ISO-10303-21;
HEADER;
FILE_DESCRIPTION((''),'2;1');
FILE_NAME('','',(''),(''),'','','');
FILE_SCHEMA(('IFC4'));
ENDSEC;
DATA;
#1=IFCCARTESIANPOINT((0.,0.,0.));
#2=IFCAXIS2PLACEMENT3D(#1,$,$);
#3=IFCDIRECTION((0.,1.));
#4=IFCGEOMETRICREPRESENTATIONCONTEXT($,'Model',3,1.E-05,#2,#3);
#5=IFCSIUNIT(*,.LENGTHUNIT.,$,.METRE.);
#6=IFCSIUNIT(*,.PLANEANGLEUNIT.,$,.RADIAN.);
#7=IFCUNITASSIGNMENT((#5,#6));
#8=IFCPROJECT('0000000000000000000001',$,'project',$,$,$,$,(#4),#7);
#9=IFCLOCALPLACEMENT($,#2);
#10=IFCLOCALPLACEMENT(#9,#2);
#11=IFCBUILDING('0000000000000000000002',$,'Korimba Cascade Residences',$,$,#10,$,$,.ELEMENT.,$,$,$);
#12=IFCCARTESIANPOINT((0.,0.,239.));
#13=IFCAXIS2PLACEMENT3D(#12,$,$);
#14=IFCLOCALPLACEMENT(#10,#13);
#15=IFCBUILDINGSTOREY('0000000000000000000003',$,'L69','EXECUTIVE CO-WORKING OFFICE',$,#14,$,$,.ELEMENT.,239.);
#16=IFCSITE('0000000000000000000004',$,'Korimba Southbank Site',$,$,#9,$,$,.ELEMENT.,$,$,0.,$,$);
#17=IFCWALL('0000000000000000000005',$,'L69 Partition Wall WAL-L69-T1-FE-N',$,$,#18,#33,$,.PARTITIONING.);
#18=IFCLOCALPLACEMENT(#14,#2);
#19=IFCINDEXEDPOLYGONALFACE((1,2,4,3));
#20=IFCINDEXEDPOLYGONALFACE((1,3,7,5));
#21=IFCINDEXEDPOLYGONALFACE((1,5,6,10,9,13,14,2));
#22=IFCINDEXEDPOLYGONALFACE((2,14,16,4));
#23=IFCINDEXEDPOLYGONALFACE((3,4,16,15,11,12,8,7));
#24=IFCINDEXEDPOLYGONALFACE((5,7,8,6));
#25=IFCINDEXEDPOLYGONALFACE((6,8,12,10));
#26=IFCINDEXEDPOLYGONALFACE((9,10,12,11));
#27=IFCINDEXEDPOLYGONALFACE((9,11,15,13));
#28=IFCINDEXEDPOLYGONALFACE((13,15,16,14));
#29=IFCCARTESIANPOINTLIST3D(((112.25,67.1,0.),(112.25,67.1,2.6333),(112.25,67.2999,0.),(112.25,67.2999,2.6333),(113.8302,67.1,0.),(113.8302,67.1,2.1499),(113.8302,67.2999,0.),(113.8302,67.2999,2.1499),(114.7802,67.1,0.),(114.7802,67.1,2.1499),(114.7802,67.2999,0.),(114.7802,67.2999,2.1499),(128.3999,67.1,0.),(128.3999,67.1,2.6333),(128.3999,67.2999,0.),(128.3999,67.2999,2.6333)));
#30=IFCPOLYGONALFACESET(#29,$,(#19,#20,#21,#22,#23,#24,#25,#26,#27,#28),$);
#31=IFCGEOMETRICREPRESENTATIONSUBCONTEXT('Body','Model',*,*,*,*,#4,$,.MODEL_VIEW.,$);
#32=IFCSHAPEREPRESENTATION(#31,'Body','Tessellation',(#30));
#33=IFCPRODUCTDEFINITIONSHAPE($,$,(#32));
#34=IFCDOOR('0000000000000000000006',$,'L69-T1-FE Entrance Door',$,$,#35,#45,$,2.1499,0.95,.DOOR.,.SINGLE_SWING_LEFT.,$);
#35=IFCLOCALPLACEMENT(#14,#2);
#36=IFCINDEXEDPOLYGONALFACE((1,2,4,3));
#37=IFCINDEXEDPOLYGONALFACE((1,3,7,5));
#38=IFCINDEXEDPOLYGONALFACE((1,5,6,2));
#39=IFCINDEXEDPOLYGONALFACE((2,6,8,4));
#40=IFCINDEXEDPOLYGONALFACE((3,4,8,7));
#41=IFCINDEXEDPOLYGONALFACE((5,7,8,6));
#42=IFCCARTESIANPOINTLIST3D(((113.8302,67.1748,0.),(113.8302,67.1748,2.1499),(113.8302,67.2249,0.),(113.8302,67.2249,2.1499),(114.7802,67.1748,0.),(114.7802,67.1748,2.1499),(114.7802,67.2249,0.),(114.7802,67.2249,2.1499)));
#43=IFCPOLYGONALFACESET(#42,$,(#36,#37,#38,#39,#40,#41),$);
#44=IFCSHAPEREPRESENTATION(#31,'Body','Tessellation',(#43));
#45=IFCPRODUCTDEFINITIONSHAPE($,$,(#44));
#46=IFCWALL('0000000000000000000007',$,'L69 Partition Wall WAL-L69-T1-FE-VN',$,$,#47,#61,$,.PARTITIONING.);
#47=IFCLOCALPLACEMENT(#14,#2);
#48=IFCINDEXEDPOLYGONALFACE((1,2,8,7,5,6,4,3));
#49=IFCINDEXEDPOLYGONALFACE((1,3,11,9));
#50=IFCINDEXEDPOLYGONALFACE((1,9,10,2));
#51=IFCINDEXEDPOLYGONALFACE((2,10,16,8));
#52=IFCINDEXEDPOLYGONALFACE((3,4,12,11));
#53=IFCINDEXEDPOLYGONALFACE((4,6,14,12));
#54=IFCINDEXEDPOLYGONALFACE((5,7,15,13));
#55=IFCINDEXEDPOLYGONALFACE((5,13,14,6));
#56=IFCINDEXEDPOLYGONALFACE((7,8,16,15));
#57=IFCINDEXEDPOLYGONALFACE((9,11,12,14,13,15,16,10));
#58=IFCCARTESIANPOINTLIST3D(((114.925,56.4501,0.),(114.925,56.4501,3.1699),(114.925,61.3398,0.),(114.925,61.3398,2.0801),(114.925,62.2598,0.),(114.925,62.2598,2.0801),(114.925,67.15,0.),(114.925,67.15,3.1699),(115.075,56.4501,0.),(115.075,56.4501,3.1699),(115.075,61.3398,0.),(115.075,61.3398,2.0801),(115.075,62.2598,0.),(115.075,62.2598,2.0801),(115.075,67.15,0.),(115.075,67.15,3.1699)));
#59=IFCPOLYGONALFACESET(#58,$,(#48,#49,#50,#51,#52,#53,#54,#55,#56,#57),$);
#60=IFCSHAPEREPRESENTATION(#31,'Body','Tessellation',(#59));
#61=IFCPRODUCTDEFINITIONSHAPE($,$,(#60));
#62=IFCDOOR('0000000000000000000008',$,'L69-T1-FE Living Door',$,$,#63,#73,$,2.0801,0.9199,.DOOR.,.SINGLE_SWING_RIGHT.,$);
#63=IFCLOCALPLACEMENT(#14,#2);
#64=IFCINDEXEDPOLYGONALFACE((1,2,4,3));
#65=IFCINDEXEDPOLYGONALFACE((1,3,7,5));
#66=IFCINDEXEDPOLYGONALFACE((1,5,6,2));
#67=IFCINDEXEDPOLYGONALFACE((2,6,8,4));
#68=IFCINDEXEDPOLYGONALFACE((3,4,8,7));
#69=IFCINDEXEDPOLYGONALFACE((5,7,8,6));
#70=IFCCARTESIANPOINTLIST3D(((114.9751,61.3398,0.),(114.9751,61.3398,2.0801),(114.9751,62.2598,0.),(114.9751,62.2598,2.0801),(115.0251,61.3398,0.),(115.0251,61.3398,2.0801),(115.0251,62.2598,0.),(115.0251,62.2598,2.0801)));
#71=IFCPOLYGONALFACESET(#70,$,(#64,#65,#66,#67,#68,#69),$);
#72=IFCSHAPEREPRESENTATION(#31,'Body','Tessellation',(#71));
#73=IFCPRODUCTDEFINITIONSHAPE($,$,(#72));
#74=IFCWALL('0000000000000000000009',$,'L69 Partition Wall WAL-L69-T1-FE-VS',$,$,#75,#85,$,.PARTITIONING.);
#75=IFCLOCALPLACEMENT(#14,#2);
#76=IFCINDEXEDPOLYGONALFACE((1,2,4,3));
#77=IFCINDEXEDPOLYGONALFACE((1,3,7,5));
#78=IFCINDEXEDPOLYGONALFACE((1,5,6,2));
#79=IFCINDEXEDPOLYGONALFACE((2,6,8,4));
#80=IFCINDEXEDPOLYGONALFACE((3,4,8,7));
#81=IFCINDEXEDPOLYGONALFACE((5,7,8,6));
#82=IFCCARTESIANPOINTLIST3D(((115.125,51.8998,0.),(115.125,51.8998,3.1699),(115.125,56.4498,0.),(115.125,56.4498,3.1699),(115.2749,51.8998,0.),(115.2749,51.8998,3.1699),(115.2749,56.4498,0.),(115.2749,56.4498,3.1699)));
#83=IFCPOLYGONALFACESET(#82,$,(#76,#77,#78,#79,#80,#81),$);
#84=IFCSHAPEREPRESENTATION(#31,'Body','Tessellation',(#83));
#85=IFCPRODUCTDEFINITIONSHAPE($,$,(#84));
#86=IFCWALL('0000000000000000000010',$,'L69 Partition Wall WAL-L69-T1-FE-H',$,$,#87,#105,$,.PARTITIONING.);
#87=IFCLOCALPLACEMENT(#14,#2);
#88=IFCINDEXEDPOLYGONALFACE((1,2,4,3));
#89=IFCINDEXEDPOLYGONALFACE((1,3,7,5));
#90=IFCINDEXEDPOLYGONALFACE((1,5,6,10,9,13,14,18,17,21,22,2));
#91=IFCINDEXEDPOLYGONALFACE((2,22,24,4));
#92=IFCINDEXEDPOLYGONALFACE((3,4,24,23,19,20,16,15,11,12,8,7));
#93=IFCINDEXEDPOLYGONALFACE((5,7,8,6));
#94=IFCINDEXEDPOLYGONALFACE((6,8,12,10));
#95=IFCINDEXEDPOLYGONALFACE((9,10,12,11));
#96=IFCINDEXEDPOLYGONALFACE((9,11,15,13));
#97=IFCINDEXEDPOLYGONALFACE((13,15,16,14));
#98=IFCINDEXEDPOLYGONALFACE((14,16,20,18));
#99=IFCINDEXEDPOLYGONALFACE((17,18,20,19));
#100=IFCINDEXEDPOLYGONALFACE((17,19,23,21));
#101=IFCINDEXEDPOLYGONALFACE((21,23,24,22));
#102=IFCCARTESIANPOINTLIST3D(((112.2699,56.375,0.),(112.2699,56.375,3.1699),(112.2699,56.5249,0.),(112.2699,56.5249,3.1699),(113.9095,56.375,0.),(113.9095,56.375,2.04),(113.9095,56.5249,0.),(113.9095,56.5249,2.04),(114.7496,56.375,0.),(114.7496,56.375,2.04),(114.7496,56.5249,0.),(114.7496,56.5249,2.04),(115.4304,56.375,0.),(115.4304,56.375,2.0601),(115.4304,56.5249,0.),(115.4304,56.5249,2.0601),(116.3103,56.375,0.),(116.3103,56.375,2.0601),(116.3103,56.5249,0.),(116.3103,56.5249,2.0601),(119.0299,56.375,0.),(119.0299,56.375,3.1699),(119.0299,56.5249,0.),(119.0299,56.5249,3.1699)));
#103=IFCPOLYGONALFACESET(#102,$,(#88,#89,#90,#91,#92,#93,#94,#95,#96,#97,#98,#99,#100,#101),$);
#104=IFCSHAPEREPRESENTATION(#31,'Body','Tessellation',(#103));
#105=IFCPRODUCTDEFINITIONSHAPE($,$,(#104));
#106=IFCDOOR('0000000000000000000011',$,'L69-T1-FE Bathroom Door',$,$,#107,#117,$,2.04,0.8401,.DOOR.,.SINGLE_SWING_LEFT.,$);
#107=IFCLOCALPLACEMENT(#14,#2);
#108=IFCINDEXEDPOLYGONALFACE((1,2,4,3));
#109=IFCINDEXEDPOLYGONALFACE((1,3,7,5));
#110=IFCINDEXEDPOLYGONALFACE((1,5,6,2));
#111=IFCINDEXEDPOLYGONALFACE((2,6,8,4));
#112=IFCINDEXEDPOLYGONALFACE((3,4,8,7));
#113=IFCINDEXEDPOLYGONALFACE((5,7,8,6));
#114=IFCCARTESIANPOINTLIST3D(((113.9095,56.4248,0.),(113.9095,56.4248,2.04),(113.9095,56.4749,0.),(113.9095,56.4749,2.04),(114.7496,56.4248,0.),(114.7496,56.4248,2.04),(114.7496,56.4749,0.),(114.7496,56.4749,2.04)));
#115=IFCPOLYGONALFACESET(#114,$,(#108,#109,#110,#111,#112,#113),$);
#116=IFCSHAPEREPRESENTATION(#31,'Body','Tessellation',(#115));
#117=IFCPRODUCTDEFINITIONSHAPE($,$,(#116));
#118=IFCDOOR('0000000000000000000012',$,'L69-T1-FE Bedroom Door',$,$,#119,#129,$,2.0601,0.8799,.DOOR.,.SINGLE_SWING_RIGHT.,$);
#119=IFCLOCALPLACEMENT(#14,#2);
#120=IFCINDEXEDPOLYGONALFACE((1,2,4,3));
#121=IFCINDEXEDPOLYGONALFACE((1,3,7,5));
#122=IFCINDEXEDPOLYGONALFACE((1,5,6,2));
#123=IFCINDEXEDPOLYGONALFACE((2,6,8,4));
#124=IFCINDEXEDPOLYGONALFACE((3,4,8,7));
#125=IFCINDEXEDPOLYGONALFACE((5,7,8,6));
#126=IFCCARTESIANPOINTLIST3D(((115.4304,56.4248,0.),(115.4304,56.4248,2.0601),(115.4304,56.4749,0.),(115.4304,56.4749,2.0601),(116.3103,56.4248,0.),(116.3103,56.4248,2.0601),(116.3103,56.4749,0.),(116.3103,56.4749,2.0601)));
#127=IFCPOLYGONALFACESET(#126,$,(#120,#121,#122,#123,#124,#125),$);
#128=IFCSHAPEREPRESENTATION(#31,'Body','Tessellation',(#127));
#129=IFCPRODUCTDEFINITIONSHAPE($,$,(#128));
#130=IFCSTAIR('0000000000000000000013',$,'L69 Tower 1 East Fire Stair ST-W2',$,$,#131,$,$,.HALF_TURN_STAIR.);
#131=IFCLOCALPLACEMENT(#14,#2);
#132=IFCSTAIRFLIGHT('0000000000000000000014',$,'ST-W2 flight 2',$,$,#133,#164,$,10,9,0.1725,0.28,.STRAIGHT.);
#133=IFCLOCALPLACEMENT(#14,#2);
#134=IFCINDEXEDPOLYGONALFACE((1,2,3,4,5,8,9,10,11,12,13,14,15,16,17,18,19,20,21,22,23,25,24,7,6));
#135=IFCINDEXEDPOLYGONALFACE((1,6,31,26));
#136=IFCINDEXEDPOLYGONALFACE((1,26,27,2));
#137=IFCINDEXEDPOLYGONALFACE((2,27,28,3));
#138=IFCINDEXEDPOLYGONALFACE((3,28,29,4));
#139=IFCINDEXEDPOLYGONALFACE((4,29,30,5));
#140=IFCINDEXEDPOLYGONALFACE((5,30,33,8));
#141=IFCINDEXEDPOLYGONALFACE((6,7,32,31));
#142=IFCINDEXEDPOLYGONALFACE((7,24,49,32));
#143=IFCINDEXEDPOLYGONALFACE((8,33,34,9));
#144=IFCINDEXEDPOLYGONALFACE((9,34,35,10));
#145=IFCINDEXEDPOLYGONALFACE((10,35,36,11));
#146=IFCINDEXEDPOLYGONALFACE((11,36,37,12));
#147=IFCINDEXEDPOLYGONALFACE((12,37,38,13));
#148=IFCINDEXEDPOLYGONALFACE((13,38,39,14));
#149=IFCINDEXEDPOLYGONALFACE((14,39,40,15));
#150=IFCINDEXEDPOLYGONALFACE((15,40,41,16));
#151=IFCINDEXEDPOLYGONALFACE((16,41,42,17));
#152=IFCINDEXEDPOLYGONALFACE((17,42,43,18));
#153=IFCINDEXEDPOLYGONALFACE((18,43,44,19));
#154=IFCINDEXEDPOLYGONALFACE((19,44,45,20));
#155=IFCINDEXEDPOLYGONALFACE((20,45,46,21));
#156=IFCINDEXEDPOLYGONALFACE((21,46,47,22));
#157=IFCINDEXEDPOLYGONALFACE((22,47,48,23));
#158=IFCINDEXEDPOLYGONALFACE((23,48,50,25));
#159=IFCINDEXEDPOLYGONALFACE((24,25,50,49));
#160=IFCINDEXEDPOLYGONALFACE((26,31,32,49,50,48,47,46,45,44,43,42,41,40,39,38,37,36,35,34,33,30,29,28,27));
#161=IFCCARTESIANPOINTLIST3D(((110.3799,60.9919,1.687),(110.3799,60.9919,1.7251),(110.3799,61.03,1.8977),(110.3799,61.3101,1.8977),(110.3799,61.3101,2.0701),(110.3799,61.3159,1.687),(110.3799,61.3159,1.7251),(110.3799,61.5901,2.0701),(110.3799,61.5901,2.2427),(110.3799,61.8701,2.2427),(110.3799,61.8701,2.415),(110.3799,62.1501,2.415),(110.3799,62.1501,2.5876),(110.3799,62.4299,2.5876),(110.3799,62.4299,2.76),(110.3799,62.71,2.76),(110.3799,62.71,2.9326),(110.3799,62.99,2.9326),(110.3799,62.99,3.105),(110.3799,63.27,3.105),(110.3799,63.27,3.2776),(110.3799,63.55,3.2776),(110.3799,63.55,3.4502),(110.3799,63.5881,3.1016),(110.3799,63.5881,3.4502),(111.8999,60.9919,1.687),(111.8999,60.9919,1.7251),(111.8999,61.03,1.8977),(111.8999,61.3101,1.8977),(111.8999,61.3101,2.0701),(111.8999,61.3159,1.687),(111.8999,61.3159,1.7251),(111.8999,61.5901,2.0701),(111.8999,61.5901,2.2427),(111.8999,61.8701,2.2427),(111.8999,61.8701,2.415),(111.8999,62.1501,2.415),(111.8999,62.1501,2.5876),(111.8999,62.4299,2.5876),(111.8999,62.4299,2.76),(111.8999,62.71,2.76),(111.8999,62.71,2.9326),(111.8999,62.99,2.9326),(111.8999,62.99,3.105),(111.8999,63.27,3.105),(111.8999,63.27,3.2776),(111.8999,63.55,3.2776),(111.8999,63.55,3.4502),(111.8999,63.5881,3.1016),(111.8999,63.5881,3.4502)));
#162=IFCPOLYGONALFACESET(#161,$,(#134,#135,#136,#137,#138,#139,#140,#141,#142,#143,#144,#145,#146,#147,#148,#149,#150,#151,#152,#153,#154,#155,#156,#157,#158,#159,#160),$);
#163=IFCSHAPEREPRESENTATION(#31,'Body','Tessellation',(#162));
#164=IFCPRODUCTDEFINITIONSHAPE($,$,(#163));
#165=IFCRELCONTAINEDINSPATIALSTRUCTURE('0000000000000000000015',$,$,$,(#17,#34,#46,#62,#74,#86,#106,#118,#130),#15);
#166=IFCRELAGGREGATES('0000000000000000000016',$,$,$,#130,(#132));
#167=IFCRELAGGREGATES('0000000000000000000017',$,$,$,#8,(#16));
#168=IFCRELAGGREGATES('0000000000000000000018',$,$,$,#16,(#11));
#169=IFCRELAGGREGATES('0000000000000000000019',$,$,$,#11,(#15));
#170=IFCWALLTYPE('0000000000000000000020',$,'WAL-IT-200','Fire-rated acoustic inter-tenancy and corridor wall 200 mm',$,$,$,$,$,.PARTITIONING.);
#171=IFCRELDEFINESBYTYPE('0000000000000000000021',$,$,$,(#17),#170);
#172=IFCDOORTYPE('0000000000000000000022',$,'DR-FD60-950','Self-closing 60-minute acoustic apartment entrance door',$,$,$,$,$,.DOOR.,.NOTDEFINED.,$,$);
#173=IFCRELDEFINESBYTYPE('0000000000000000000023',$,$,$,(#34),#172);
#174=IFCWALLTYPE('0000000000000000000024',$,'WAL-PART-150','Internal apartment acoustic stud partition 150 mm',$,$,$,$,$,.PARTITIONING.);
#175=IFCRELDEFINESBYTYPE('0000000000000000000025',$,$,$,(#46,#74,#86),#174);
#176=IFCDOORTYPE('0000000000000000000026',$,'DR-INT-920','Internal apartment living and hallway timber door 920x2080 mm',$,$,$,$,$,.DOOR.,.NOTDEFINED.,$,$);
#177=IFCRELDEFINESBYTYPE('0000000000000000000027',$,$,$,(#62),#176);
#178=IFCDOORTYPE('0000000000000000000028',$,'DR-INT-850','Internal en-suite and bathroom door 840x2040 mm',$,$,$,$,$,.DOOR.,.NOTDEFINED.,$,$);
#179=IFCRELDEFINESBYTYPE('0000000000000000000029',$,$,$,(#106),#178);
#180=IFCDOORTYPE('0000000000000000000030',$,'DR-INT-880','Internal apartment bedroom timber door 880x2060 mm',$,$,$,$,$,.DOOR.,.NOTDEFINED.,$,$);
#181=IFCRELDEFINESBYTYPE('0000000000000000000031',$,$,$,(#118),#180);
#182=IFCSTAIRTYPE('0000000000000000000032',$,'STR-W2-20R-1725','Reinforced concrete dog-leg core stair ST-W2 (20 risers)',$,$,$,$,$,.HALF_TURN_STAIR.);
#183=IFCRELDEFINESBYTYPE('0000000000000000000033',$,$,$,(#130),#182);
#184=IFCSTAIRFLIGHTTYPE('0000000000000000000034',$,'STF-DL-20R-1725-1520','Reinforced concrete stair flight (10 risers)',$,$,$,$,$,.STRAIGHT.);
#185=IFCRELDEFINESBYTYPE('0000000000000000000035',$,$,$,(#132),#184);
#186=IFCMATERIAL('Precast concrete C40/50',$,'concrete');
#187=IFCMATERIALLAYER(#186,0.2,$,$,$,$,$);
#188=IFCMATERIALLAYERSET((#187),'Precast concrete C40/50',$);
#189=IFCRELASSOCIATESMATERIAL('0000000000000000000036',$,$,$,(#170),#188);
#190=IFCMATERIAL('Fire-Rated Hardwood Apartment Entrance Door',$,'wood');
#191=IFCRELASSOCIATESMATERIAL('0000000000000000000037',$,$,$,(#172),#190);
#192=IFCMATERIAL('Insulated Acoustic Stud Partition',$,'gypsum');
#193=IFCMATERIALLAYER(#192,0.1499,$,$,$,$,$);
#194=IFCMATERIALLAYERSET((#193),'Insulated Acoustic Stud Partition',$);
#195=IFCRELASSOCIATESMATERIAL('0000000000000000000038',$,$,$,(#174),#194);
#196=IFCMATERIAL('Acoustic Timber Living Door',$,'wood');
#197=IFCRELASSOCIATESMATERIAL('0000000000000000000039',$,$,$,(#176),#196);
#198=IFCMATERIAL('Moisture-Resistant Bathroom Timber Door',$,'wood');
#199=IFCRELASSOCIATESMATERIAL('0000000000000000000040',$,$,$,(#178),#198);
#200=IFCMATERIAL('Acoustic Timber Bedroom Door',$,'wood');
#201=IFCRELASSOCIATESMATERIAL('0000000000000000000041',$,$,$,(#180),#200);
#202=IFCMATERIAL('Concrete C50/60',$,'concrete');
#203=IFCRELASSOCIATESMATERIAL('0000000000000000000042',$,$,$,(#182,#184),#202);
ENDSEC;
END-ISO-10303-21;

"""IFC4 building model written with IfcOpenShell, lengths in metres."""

from ifc_helpers import new_model, si_unit, direction, frame, frame_2d, origin, place, context, subcontext, project, spatial, polyline, rectangle, outline, extrude, material, layer, layer_set, type_object, element, fill, aggregate, save


model = new_model("IFC4")

# Units and contexts
model_context = context("Model", 3, precision=1e-05, world=origin(), true_north=direction((0.0, 1.0)))
body_context = subcontext(model_context, "Body", "Model", "MODEL_VIEW")
ifc_project = project(units=[si_unit("LENGTHUNIT", "METRE"), si_unit("PLANEANGLEUNIT", "RADIAN")], contexts=[model_context])

# Site, building, storey
site_placement = place(None, origin())
site = spatial("IfcSite", under=ifc_project, at=site_placement, Name="Korimba Southbank Site", CompositionType="ELEMENT", RefElevation=0.0)
building_placement = place(site_placement, origin())
building = spatial("IfcBuilding", under=site, at=building_placement, Name="Korimba Cascade Residences", CompositionType="ELEMENT")
storey_placement = place(building_placement, frame((0.0, 0.0, 239.0)))
storey = spatial("IfcBuildingStorey", under=building, at=storey_placement, Name="L69", Description="EXECUTIVE CO-WORKING OFFICE", CompositionType="ELEMENT", Elevation=239.0)

# Shared definitions
ifc_material_1 = material(Name="Concrete C50/60", Category="concrete")

# Walls, openings, doors
ifc_material_2 = material(Name="Precast concrete C40/50", Category="concrete")
ifc_layer_1 = layer(ifc_material_2, 0.2)
ifc_layer_set_1 = layer_set([ifc_layer_1], Name="Precast concrete C40/50")
wall_type_1 = type_object("IfcWallType", Name="WAL-IT-200", Description="Fire-rated acoustic inter-tenancy and corridor wall 200 mm", PredefinedType="PARTITIONING", material=ifc_layer_set_1)
wall_1_placement = place(storey_placement, frame((112.25, 67.2, 0.0), z_axis=(0.0, 0.0, 1.0), x_axis=(1.0, 0.0, 0.0)))
wall_1 = element("IfcWall", 1, at=wall_1_placement, inside=storey, type_object=wall_type_1, Name="L69 Partition Wall WAL-L69-T1-FE-N", PredefinedType="PARTITIONING", context=body_context, shape_type="SweptSolid", body=[
    extrude(rectangle(XDim=16.1499, YDim=0.2, at=frame_2d((8.075, 0.0))), origin(), (0.0, 0.0, 1.0), 2.6333),
])
opening_1_placement = place(wall_1_placement, frame((1.5801, 0.0, 0.0)))
opening_1 = element("IfcOpeningElement", 2, at=opening_1_placement, cuts=wall_1, PredefinedType="OPENING", context=body_context, shape_type="SweptSolid", body=[
    extrude(rectangle(XDim=0.95, YDim=2.1499, at=frame_2d((0.4751, 1.075))), frame((0.0, 0.1099, 0.0), z_axis=(0.0, -1.0, 0.0), x_axis=(1.0, 0.0, 0.0)), (0.0, 0.0, 1.0), 0.22),
])
ifc_material_3 = material(Name="Fire-Rated Hardwood Apartment Entrance Door", Category="wood")
door_type_1 = type_object("IfcDoorType", Name="DR-FD60-950", Description="Self-closing 60-minute acoustic apartment entrance door", OperationType="NOTDEFINED", PredefinedType="DOOR", material=ifc_material_3)
door_1_placement = place(opening_1_placement, origin())
door_1 = element("IfcDoor", 3, at=door_1_placement, inside=storey, type_object=door_type_1, Name="L69-T1-FE Entrance Door", OperationType="SINGLE_SWING_LEFT", OverallHeight=2.1499, OverallWidth=0.95, PredefinedType="DOOR", context=body_context, shape_type="SweptSolid", body=[
    extrude(rectangle(XDim=0.95, YDim=2.1499, at=frame_2d((0.4751, 1.075))), frame((0.0, 0.0249, 0.0), z_axis=(0.0, -1.0, 0.0), x_axis=(1.0, 0.0, 0.0)), (0.0, 0.0, 1.0), 0.05),
])
fill(opening_1, door_1)
ifc_material_4 = material(Name="Insulated Acoustic Stud Partition", Category="gypsum")
ifc_layer_2 = layer(ifc_material_4, 0.1499)
ifc_layer_set_2 = layer_set([ifc_layer_2], Name="Insulated Acoustic Stud Partition")
wall_type_2 = type_object("IfcWallType", Name="WAL-PART-150", Description="Internal apartment acoustic stud partition 150 mm", PredefinedType="PARTITIONING", material=ifc_layer_set_2)
wall_2_placement = place(storey_placement, frame((115.0, 56.45, 0.0), z_axis=(0.0, 0.0, 1.0), x_axis=(0.0, 1.0, 0.0)))
wall_2 = element("IfcWall", 4, at=wall_2_placement, inside=storey, type_object=wall_type_2, Name="L69 Partition Wall WAL-L69-T1-FE-VN", PredefinedType="PARTITIONING", context=body_context, shape_type="SweptSolid", body=[
    extrude(rectangle(XDim=10.7, YDim=0.1499, at=frame_2d((5.3501, 0.0))), origin(), (0.0, 0.0, 1.0), 3.1699),
])
opening_2_placement = place(wall_2_placement, frame((4.8899, 0.0, 0.0)))
opening_2 = element("IfcOpeningElement", 5, at=opening_2_placement, cuts=wall_2, PredefinedType="OPENING", context=body_context, shape_type="SweptSolid", body=[
    extrude(rectangle(XDim=0.9199, YDim=2.0801, at=frame_2d((0.46, 1.04))), frame((0.0, 0.085, 0.0), z_axis=(0.0, -1.0, 0.0), x_axis=(1.0, 0.0, 0.0)), (0.0, 0.0, 1.0), 0.1699),
])
ifc_material_5 = material(Name="Acoustic Timber Living Door", Category="wood")
door_type_2 = type_object("IfcDoorType", Name="DR-INT-920", Description="Internal apartment living and hallway timber door 920x2080 mm", OperationType="NOTDEFINED", PredefinedType="DOOR", material=ifc_material_5)
door_2_placement = place(opening_2_placement, origin())
door_2 = element("IfcDoor", 6, at=door_2_placement, inside=storey, type_object=door_type_2, Name="L69-T1-FE Living Door", OperationType="SINGLE_SWING_RIGHT", OverallHeight=2.0801, OverallWidth=0.9199, PredefinedType="DOOR", context=body_context, shape_type="SweptSolid", body=[
    extrude(rectangle(XDim=0.9199, YDim=2.0801, at=frame_2d((0.46, 1.04))), frame((0.0, 0.0249, 0.0), z_axis=(0.0, -1.0, 0.0), x_axis=(1.0, 0.0, 0.0)), (0.0, 0.0, 1.0), 0.05),
])
fill(opening_2, door_2)

# Wall
wall_3_placement = place(storey_placement, frame((115.2, 51.8999, 0.0), z_axis=(0.0, 0.0, 1.0), x_axis=(0.0, 1.0, 0.0)))
element("IfcWall", 7, at=wall_3_placement, inside=storey, type_object=wall_type_2, Name="L69 Partition Wall WAL-L69-T1-FE-VS", PredefinedType="PARTITIONING", context=body_context, shape_type="SweptSolid", body=[
    extrude(rectangle(XDim=4.55, YDim=0.1499, at=frame_2d((2.2749, 0.0))), origin(), (0.0, 0.0, 1.0), 3.1699),
])

# Wall, openings, doors
wall_4_placement = place(storey_placement, frame((112.27, 56.45, 0.0), z_axis=(0.0, 0.0, 1.0), x_axis=(1.0, 0.0, 0.0)))
wall_4 = element("IfcWall", 8, at=wall_4_placement, inside=storey, type_object=wall_type_2, Name="L69 Partition Wall WAL-L69-T1-FE-H", PredefinedType="PARTITIONING", context=body_context, shape_type="SweptSolid", body=[
    extrude(rectangle(XDim=6.76, YDim=0.1499, at=frame_2d((3.3799, 0.0))), origin(), (0.0, 0.0, 1.0), 3.1699),
])
opening_3_placement = place(wall_4_placement, frame((1.6396, 0.0, 0.0)))
opening_3 = element("IfcOpeningElement", 9, at=opening_3_placement, cuts=wall_4, PredefinedType="OPENING", context=body_context, shape_type="SweptSolid", body=[
    extrude(rectangle(XDim=0.8401, YDim=2.04, at=frame_2d((0.4199, 1.02))), frame((0.0, 0.085, 0.0), z_axis=(0.0, -1.0, 0.0), x_axis=(1.0, 0.0, 0.0)), (0.0, 0.0, 1.0), 0.1699),
])
opening_4_placement = place(wall_4_placement, frame((3.1604, 0.0, 0.0)))
opening_4 = element("IfcOpeningElement", 10, at=opening_4_placement, cuts=wall_4, PredefinedType="OPENING", context=body_context, shape_type="SweptSolid", body=[
    extrude(rectangle(XDim=0.8799, YDim=2.0601, at=frame_2d((0.4399, 1.03))), frame((0.0, 0.085, 0.0), z_axis=(0.0, -1.0, 0.0), x_axis=(1.0, 0.0, 0.0)), (0.0, 0.0, 1.0), 0.1699),
])
ifc_material_6 = material(Name="Moisture-Resistant Bathroom Timber Door", Category="wood")
door_type_3 = type_object("IfcDoorType", Name="DR-INT-850", Description="Internal en-suite and bathroom door 840x2040 mm", OperationType="NOTDEFINED", PredefinedType="DOOR", material=ifc_material_6)
door_3_placement = place(opening_3_placement, origin())
door_3 = element("IfcDoor", 11, at=door_3_placement, inside=storey, type_object=door_type_3, Name="L69-T1-FE Bathroom Door", OperationType="SINGLE_SWING_LEFT", OverallHeight=2.04, OverallWidth=0.8401, PredefinedType="DOOR", context=body_context, shape_type="SweptSolid", body=[
    extrude(rectangle(XDim=0.8401, YDim=2.04, at=frame_2d((0.4199, 1.02))), frame((0.0, 0.0249, 0.0), z_axis=(0.0, -1.0, 0.0), x_axis=(1.0, 0.0, 0.0)), (0.0, 0.0, 1.0), 0.05),
])
fill(opening_3, door_3)
ifc_material_7 = material(Name="Acoustic Timber Bedroom Door", Category="wood")
door_type_4 = type_object("IfcDoorType", Name="DR-INT-880", Description="Internal apartment bedroom timber door 880x2060 mm", OperationType="NOTDEFINED", PredefinedType="DOOR", material=ifc_material_7)
door_4_placement = place(opening_4_placement, origin())
door_4 = element("IfcDoor", 12, at=door_4_placement, inside=storey, type_object=door_type_4, Name="L69-T1-FE Bedroom Door", OperationType="SINGLE_SWING_RIGHT", OverallHeight=2.0601, OverallWidth=0.8799, PredefinedType="DOOR", context=body_context, shape_type="SweptSolid", body=[
    extrude(rectangle(XDim=0.8799, YDim=2.0601, at=frame_2d((0.4399, 1.03))), frame((0.0, 0.0249, 0.0), z_axis=(0.0, -1.0, 0.0), x_axis=(1.0, 0.0, 0.0)), (0.0, 0.0, 1.0), 0.05),
])
fill(opening_4, door_4)

# Stair, stair flight
stair_type = type_object("IfcStairType", Name="STR-W2-20R-1725", Description="Reinforced concrete dog-leg core stair ST-W2 (20 risers)", PredefinedType="HALF_TURN_STAIR", material=ifc_material_1)
stair_placement = place(storey_placement, origin())
stair = element("IfcStair", 13, at=stair_placement, inside=storey, type_object=stair_type, Name="L69 Tower 1 East Fire Stair ST-W2", PredefinedType="HALF_TURN_STAIR")
stair_flight_type = type_object("IfcStairFlightType", Name="STF-DL-20R-1725-1520", Description="Reinforced concrete stair flight (10 risers)", PredefinedType="STRAIGHT", material=ifc_material_1)
stair_flight_placement = place(storey_placement, frame((111.1399, 61.03, 1.7251), z_axis=(0.0, 0.0, 1.0), x_axis=(0.0, 1.0, 0.0)))
stair_flight = element("IfcStairFlight", 14, at=stair_flight_placement, type_object=stair_flight_type, Name="ST-W2 flight 2", NumberOfRisers=10, NumberOfTreads=9, PredefinedType="STRAIGHT", RiserHeight=0.1725, TreadLength=0.28, context=body_context, shape_type="SweptSolid", body=[
    extrude(outline(polyline([(-0.0381, 0.0), (0.0, 0.1726), (0.28, 0.1726), (0.28, 0.345), (0.5601, 0.345), (0.5601, 0.5176), (0.8401, 0.5176), (0.8401, 0.6899), (1.1201, 0.6899), (1.1201, 0.8625), (1.3999, 0.8625), (1.3999, 1.0349), (1.6799, 1.0349), (1.6799, 1.2075), (1.96, 1.2075), (1.96, 1.3799), (2.24, 1.3799), (2.24, 1.5525), (2.52, 1.5525), (2.52, 1.7251), (2.5581, 1.7251), (2.5581, 1.3765), (0.2859, 0.0), (0.2859, -0.0381), (-0.0381, -0.0381), (-0.0381, 0.0)])), frame((0.0, 0.76, 0.0), z_axis=(0.0, -1.0, 0.0), x_axis=(1.0, 0.0, 0.0)), (0.0, 0.0, 1.0), 1.52),
])
aggregate(stair, [stair_flight])

save(model, "model.ifc")
